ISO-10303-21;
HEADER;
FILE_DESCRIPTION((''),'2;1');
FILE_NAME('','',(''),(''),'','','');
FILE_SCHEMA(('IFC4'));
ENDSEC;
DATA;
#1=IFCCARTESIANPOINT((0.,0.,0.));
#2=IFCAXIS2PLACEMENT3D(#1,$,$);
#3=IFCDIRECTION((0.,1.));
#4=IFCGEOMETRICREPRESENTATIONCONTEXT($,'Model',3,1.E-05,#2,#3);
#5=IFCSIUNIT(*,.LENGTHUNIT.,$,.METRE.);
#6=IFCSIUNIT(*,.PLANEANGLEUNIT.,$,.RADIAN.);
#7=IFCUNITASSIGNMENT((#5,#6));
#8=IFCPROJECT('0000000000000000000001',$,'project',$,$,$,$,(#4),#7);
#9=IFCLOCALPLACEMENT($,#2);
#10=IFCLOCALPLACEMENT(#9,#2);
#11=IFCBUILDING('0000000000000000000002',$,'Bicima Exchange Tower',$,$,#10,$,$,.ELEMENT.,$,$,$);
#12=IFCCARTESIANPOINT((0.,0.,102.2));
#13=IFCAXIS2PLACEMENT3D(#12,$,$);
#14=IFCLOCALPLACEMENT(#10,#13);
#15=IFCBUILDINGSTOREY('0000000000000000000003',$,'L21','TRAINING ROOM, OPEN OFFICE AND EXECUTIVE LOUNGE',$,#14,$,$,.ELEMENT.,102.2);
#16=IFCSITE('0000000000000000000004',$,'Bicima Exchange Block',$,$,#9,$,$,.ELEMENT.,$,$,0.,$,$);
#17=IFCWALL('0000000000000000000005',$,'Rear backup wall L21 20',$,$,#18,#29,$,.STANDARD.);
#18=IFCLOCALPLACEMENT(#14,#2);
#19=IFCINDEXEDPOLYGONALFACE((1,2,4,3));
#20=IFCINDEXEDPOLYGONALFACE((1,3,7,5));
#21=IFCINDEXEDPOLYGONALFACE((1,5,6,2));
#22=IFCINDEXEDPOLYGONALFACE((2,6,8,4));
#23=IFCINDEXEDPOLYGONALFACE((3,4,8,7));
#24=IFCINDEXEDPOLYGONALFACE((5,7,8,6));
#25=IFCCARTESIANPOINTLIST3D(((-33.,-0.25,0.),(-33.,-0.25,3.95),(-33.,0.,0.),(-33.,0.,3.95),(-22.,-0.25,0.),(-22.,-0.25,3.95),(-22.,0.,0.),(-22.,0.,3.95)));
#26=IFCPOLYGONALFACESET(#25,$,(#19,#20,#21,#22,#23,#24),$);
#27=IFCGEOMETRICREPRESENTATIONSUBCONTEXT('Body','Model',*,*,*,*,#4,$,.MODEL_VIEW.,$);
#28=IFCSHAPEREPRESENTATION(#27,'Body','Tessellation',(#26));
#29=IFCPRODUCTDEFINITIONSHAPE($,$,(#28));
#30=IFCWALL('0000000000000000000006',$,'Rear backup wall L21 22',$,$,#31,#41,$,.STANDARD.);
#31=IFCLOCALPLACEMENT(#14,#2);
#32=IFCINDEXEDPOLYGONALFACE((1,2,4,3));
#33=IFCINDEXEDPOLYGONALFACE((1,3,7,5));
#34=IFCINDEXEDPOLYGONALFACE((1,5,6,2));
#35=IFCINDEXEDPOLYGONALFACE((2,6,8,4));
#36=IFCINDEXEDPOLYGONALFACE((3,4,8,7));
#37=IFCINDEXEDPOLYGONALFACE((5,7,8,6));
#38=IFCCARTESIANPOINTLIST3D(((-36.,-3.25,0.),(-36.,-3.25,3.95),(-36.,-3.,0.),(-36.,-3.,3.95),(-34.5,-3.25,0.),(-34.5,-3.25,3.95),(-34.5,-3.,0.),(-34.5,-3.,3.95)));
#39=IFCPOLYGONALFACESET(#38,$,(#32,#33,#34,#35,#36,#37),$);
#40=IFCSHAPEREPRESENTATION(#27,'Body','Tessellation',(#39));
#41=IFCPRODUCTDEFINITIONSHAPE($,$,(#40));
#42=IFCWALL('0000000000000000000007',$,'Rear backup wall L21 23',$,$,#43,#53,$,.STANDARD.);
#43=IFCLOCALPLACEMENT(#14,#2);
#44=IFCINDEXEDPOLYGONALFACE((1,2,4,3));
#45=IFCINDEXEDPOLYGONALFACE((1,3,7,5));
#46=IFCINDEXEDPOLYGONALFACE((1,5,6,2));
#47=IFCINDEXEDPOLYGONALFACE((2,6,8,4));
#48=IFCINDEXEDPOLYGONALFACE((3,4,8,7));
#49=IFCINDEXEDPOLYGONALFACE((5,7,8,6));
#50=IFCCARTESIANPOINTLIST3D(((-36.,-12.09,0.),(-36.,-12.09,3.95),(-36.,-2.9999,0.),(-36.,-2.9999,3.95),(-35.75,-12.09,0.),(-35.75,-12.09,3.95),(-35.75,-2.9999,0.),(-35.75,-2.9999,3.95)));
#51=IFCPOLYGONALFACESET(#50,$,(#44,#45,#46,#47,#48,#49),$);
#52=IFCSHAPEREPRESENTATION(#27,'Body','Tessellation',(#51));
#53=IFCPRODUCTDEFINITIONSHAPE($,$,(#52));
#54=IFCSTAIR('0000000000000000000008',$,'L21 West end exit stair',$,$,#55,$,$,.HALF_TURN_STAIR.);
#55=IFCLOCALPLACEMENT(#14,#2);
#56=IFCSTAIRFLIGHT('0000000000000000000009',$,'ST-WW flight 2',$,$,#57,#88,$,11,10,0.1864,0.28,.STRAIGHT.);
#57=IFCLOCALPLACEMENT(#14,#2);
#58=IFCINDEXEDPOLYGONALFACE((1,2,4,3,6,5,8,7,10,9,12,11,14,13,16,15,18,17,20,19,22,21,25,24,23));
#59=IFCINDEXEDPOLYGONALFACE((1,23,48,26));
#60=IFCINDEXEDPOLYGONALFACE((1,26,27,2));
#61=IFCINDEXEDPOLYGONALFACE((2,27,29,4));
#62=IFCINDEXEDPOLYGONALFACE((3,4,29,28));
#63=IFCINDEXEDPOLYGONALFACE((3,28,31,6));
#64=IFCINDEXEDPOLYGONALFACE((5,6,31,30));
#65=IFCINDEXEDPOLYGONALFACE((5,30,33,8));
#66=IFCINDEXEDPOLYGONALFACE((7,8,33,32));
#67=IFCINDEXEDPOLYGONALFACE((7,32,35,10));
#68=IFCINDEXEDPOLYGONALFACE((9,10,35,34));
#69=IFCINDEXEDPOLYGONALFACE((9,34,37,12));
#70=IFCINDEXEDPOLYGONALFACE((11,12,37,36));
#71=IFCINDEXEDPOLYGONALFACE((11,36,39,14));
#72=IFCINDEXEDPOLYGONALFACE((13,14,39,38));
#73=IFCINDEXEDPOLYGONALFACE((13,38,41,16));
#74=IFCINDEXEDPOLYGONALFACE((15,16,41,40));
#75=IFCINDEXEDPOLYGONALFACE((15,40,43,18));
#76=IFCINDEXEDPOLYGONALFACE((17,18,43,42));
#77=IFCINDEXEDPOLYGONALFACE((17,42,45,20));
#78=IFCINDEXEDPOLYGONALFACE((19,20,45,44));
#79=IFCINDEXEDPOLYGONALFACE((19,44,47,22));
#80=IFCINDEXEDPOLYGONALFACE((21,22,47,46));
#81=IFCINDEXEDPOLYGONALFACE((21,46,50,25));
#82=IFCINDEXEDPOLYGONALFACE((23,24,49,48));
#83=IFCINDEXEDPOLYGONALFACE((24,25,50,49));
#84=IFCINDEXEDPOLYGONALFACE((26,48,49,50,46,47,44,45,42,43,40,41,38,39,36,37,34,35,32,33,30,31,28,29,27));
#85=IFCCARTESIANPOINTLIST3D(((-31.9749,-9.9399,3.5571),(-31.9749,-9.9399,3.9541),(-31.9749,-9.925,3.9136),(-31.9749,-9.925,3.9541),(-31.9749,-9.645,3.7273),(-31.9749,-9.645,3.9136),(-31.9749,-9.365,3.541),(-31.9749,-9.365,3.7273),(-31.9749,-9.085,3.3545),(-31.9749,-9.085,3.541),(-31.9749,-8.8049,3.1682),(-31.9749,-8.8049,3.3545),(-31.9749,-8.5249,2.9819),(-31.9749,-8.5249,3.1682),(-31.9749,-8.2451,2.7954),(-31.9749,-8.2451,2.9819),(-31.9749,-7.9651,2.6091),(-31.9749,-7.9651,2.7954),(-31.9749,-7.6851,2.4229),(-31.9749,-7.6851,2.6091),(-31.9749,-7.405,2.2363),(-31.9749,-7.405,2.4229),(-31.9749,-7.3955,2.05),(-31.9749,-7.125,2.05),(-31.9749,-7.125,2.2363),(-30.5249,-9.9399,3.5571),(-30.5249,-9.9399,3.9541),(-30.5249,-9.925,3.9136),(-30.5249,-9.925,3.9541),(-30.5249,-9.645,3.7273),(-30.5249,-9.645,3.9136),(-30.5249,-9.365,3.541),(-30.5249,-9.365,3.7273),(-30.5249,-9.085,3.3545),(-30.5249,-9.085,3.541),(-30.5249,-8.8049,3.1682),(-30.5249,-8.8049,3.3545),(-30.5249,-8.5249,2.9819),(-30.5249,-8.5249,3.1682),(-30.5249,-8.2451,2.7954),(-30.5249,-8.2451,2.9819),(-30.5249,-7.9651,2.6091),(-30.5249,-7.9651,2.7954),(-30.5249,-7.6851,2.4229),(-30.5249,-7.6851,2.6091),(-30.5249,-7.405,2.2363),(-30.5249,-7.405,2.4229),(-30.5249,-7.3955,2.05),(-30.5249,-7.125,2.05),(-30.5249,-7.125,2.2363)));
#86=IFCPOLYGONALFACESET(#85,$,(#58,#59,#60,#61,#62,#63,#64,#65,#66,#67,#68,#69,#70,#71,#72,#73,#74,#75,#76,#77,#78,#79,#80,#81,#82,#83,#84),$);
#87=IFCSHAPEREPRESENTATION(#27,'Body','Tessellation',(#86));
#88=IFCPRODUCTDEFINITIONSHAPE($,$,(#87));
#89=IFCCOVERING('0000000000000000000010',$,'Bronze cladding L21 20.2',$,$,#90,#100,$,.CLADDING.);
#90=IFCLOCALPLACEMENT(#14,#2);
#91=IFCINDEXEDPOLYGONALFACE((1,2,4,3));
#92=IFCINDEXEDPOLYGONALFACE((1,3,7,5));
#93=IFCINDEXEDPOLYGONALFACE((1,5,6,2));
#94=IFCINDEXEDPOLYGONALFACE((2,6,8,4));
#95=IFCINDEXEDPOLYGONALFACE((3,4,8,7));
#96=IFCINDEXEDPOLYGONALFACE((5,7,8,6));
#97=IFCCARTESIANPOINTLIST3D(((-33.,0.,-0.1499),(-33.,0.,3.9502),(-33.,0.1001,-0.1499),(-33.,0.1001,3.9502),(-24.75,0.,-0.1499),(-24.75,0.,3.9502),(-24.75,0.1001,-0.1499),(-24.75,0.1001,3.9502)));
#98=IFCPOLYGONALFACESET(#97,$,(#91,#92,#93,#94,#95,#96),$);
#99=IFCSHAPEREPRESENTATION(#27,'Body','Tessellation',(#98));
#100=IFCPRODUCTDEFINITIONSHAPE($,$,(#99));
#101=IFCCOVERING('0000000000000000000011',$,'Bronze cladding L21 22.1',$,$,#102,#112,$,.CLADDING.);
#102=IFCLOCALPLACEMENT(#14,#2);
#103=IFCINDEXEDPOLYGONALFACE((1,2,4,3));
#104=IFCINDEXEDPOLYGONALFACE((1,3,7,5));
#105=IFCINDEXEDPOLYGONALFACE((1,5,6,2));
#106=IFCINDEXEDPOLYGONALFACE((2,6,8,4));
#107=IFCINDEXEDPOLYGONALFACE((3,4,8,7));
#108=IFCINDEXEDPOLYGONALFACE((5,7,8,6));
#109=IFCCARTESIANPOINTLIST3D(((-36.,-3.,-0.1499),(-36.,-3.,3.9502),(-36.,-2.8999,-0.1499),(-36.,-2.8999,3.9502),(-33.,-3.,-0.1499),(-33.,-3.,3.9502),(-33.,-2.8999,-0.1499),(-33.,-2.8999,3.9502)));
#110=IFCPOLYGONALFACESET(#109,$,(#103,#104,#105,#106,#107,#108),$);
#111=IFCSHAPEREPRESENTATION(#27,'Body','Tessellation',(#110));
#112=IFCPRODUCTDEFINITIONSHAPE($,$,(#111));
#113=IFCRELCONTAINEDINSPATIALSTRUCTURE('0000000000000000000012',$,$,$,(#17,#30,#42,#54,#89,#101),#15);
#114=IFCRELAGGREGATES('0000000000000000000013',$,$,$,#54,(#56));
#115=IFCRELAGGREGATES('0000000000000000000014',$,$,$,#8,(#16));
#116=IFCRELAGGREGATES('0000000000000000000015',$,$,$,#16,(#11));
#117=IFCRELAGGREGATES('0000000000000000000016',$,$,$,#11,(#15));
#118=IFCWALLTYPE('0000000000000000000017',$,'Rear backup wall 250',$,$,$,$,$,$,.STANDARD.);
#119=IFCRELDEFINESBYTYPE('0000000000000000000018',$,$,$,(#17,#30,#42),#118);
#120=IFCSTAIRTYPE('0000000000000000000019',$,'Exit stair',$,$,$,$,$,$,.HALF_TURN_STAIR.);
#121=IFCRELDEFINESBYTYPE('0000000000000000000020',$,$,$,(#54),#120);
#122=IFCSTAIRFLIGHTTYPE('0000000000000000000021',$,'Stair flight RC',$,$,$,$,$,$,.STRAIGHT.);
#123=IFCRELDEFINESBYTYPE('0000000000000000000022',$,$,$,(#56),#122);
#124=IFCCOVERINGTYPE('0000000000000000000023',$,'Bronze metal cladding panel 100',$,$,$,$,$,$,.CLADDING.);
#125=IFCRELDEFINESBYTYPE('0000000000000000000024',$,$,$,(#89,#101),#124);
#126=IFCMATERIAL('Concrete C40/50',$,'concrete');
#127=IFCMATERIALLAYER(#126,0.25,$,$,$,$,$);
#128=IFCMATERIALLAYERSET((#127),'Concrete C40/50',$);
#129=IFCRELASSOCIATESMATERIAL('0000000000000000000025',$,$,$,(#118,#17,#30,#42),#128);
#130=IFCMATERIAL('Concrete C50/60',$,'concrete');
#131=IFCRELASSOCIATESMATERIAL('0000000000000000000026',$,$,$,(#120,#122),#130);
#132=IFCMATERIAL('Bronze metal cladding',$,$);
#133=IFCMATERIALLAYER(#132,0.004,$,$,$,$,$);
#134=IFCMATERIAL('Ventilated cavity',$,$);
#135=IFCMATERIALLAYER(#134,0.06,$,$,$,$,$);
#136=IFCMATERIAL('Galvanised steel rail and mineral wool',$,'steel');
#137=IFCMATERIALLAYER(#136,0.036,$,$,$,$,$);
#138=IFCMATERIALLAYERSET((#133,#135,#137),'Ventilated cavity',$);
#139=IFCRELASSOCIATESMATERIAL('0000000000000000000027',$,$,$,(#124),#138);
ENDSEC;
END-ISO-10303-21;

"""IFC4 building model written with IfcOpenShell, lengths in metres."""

from ifc_helpers import new_model, si_unit, direction, frame, frame_2d, origin, origin_2d, place, context, subcontext, project, spatial, polyline, rectangle, outline, extrude, material, layer, layer_set, layer_usage, type_object, element, aggregate, save


model = new_model("IFC4")

# Units and contexts
model_context = context("Model", 3, precision=1e-05, world=origin(), true_north=direction((0.0, 1.0)))
body_context = subcontext(model_context, "Body", "Model", "MODEL_VIEW")
ifc_project = project(units=[si_unit("LENGTHUNIT", "METRE"), si_unit("PLANEANGLEUNIT", "RADIAN")], contexts=[model_context])

# Site, building, storey
site_placement = place(None, origin())
site = spatial("IfcSite", under=ifc_project, at=site_placement, Name="Bicima Exchange Block", CompositionType="ELEMENT", RefElevation=0.0)
building_placement = place(site_placement, origin())
building = spatial("IfcBuilding", under=site, at=building_placement, Name="Bicima Exchange Tower", CompositionType="ELEMENT")
storey_placement = place(building_placement, frame((0.0, 0.0, 102.2)))
storey = spatial("IfcBuildingStorey", under=building, at=storey_placement, Name="L21", Description="TRAINING ROOM, OPEN OFFICE AND EXECUTIVE LOUNGE", CompositionType="ELEMENT", Elevation=102.2)

# Walls
ifc_material_1 = material(Name="Concrete C50/60", Category="concrete")
ifc_material_2 = material(Name="Concrete C40/50", Category="concrete")
ifc_layer_1 = layer(ifc_material_2, 0.25)
ifc_layer_set_1 = layer_set([ifc_layer_1], Name="Concrete C40/50")
ifc_layer_usage = layer_usage(ifc_layer_set_1, "AXIS2", "POSITIVE", -0.125)
wall_type_1 = type_object("IfcWallType", Name="Rear backup wall 250", PredefinedType="STANDARD", material=ifc_layer_set_1)
wall_1_placement = place(storey_placement, frame((-22.0, -0.125, 0.0), z_axis=(0.0, 0.0, 1.0), x_axis=(-1.0, 0.0, 0.0)))
element("IfcWall", 1, at=wall_1_placement, inside=storey, type_object=wall_type_1, material=ifc_layer_usage, Name="Rear backup wall L21 20", PredefinedType="STANDARD", context=body_context, shape_type="SweptSolid", body=[
    extrude(rectangle(XDim=11.0, YDim=0.25, at=frame_2d((5.5, 0.0))), origin(), (0.0, 0.0, 1.0), 3.95),
])
wall_2_placement = place(storey_placement, frame((-34.5, -3.125, 0.0), z_axis=(0.0, 0.0, 1.0), x_axis=(-1.0, 0.0, 0.0)))
element("IfcWall", 2, at=wall_2_placement, inside=storey, type_object=wall_type_1, material=ifc_layer_usage, Name="Rear backup wall L21 22", PredefinedType="STANDARD", context=body_context, shape_type="SweptSolid", body=[
    extrude(rectangle(XDim=1.5, YDim=0.25, at=frame_2d((0.75, 0.0))), origin(), (0.0, 0.0, 1.0), 3.95),
])
wall_3_placement = place(storey_placement, frame((-35.875, -3.0, 0.0), z_axis=(0.0, 0.0, 1.0), x_axis=(0.0, -1.0, 0.0)))
element("IfcWall", 3, at=wall_3_placement, inside=storey, type_object=wall_type_1, material=ifc_layer_usage, Name="Rear backup wall L21 23", PredefinedType="STANDARD", context=body_context, shape_type="SweptSolid", body=[
    extrude(rectangle(XDim=9.0901, YDim=0.25, at=frame_2d((4.5449, 0.0))), origin(), (0.0, 0.0, 1.0), 3.95),
])

# Stair, stair flight
stair_type = type_object("IfcStairType", Name="Exit stair", PredefinedType="HALF_TURN_STAIR", material=ifc_material_1)
stair_placement = place(storey_placement, origin())
stair = element("IfcStair", 4, at=stair_placement, inside=storey, type_object=stair_type, Name="L21 West end exit stair", PredefinedType="HALF_TURN_STAIR")
stair_flight_type = type_object("IfcStairFlightType", Name="Stair flight RC", PredefinedType="STRAIGHT", material=ifc_material_1)
stair_flight_placement = place(storey_placement, frame((-31.25, -7.125, 2.05), z_axis=(0.0, 0.0, 1.0), x_axis=(0.0, -1.0, 0.0)))
stair_flight = element("IfcStairFlight", 5, at=stair_flight_placement, type_object=stair_flight_type, Name="ST-WW flight 2", NumberOfRisers=11, NumberOfTreads=10, PredefinedType="STRAIGHT", RiserHeight=0.1864, TreadLength=0.28, context=body_context, shape_type="SweptSolid", body=[
    extrude(outline(polyline([(0.0, 0.0), (0.0, 0.1863), (0.28, 0.1863), (0.28, 0.3728), (0.5601, 0.3728), (0.5601, 0.5591), (0.8401, 0.5591), (0.8401, 0.7454), (1.1201, 0.7454), (1.1201, 0.9319), (1.3999, 0.9319), (1.3999, 1.1182), (1.6799, 1.1182), (1.6799, 1.3044), (1.96, 1.3044), (1.96, 1.491), (2.24, 1.491), (2.24, 1.6772), (2.52, 1.6772), (2.52, 1.8635), (2.8, 1.8635), (2.8, 1.9041), (2.8149, 1.9041), (2.8149, 1.5071), (0.2705, 0.0), (0.0, 0.0)])), frame((0.0, 0.7251, 0.0), z_axis=(0.0, -1.0, 0.0), x_axis=(1.0, 0.0, 0.0)), (0.0, 0.0, 1.0), 1.45),
])
aggregate(stair, [stair_flight])

# Coverings
ifc_material_3 = material(Name="Bronze metal cladding")
ifc_layer_2 = layer(ifc_material_3, 0.004)
ifc_material_4 = material(Name="Ventilated cavity")
ifc_layer_3 = layer(ifc_material_4, 0.06)
ifc_material_5 = material(Name="Galvanised steel rail and mineral wool", Category="steel")
ifc_layer_4 = layer(ifc_material_5, 0.036)
ifc_layer_set_2 = layer_set([ifc_layer_2, ifc_layer_3, ifc_layer_4], Name="Ventilated cavity")
covering_type = type_object("IfcCoveringType", Name="Bronze metal cladding panel 100", PredefinedType="CLADDING", material=ifc_layer_set_2)
covering_1_placement = place(storey_placement, frame((-28.875, 0.05, -0.1499), z_axis=(0.0, 0.0, 1.0), x_axis=(-1.0, 0.0, 0.0)))
element("IfcCovering", 6, at=covering_1_placement, inside=storey, type_object=covering_type, Name="Bronze cladding L21 20.2", PredefinedType="CLADDING", context=body_context, shape_type="SweptSolid", body=[
    extrude(rectangle(XDim=8.25, YDim=0.1001, at=origin_2d()), origin(), (0.0, 0.0, 1.0), 4.1001),
])
covering_2_placement = place(storey_placement, frame((-34.5, -2.95, -0.1499), z_axis=(0.0, 0.0, 1.0), x_axis=(-1.0, 0.0, 0.0)))
element("IfcCovering", 7, at=covering_2_placement, inside=storey, type_object=covering_type, Name="Bronze cladding L21 22.1", PredefinedType="CLADDING", context=body_context, shape_type="SweptSolid", body=[
    extrude(rectangle(XDim=3.0, YDim=0.1001, at=origin_2d()), origin(), (0.0, 0.0, 1.0), 4.1001),
])

save(model, "model.ifc")
